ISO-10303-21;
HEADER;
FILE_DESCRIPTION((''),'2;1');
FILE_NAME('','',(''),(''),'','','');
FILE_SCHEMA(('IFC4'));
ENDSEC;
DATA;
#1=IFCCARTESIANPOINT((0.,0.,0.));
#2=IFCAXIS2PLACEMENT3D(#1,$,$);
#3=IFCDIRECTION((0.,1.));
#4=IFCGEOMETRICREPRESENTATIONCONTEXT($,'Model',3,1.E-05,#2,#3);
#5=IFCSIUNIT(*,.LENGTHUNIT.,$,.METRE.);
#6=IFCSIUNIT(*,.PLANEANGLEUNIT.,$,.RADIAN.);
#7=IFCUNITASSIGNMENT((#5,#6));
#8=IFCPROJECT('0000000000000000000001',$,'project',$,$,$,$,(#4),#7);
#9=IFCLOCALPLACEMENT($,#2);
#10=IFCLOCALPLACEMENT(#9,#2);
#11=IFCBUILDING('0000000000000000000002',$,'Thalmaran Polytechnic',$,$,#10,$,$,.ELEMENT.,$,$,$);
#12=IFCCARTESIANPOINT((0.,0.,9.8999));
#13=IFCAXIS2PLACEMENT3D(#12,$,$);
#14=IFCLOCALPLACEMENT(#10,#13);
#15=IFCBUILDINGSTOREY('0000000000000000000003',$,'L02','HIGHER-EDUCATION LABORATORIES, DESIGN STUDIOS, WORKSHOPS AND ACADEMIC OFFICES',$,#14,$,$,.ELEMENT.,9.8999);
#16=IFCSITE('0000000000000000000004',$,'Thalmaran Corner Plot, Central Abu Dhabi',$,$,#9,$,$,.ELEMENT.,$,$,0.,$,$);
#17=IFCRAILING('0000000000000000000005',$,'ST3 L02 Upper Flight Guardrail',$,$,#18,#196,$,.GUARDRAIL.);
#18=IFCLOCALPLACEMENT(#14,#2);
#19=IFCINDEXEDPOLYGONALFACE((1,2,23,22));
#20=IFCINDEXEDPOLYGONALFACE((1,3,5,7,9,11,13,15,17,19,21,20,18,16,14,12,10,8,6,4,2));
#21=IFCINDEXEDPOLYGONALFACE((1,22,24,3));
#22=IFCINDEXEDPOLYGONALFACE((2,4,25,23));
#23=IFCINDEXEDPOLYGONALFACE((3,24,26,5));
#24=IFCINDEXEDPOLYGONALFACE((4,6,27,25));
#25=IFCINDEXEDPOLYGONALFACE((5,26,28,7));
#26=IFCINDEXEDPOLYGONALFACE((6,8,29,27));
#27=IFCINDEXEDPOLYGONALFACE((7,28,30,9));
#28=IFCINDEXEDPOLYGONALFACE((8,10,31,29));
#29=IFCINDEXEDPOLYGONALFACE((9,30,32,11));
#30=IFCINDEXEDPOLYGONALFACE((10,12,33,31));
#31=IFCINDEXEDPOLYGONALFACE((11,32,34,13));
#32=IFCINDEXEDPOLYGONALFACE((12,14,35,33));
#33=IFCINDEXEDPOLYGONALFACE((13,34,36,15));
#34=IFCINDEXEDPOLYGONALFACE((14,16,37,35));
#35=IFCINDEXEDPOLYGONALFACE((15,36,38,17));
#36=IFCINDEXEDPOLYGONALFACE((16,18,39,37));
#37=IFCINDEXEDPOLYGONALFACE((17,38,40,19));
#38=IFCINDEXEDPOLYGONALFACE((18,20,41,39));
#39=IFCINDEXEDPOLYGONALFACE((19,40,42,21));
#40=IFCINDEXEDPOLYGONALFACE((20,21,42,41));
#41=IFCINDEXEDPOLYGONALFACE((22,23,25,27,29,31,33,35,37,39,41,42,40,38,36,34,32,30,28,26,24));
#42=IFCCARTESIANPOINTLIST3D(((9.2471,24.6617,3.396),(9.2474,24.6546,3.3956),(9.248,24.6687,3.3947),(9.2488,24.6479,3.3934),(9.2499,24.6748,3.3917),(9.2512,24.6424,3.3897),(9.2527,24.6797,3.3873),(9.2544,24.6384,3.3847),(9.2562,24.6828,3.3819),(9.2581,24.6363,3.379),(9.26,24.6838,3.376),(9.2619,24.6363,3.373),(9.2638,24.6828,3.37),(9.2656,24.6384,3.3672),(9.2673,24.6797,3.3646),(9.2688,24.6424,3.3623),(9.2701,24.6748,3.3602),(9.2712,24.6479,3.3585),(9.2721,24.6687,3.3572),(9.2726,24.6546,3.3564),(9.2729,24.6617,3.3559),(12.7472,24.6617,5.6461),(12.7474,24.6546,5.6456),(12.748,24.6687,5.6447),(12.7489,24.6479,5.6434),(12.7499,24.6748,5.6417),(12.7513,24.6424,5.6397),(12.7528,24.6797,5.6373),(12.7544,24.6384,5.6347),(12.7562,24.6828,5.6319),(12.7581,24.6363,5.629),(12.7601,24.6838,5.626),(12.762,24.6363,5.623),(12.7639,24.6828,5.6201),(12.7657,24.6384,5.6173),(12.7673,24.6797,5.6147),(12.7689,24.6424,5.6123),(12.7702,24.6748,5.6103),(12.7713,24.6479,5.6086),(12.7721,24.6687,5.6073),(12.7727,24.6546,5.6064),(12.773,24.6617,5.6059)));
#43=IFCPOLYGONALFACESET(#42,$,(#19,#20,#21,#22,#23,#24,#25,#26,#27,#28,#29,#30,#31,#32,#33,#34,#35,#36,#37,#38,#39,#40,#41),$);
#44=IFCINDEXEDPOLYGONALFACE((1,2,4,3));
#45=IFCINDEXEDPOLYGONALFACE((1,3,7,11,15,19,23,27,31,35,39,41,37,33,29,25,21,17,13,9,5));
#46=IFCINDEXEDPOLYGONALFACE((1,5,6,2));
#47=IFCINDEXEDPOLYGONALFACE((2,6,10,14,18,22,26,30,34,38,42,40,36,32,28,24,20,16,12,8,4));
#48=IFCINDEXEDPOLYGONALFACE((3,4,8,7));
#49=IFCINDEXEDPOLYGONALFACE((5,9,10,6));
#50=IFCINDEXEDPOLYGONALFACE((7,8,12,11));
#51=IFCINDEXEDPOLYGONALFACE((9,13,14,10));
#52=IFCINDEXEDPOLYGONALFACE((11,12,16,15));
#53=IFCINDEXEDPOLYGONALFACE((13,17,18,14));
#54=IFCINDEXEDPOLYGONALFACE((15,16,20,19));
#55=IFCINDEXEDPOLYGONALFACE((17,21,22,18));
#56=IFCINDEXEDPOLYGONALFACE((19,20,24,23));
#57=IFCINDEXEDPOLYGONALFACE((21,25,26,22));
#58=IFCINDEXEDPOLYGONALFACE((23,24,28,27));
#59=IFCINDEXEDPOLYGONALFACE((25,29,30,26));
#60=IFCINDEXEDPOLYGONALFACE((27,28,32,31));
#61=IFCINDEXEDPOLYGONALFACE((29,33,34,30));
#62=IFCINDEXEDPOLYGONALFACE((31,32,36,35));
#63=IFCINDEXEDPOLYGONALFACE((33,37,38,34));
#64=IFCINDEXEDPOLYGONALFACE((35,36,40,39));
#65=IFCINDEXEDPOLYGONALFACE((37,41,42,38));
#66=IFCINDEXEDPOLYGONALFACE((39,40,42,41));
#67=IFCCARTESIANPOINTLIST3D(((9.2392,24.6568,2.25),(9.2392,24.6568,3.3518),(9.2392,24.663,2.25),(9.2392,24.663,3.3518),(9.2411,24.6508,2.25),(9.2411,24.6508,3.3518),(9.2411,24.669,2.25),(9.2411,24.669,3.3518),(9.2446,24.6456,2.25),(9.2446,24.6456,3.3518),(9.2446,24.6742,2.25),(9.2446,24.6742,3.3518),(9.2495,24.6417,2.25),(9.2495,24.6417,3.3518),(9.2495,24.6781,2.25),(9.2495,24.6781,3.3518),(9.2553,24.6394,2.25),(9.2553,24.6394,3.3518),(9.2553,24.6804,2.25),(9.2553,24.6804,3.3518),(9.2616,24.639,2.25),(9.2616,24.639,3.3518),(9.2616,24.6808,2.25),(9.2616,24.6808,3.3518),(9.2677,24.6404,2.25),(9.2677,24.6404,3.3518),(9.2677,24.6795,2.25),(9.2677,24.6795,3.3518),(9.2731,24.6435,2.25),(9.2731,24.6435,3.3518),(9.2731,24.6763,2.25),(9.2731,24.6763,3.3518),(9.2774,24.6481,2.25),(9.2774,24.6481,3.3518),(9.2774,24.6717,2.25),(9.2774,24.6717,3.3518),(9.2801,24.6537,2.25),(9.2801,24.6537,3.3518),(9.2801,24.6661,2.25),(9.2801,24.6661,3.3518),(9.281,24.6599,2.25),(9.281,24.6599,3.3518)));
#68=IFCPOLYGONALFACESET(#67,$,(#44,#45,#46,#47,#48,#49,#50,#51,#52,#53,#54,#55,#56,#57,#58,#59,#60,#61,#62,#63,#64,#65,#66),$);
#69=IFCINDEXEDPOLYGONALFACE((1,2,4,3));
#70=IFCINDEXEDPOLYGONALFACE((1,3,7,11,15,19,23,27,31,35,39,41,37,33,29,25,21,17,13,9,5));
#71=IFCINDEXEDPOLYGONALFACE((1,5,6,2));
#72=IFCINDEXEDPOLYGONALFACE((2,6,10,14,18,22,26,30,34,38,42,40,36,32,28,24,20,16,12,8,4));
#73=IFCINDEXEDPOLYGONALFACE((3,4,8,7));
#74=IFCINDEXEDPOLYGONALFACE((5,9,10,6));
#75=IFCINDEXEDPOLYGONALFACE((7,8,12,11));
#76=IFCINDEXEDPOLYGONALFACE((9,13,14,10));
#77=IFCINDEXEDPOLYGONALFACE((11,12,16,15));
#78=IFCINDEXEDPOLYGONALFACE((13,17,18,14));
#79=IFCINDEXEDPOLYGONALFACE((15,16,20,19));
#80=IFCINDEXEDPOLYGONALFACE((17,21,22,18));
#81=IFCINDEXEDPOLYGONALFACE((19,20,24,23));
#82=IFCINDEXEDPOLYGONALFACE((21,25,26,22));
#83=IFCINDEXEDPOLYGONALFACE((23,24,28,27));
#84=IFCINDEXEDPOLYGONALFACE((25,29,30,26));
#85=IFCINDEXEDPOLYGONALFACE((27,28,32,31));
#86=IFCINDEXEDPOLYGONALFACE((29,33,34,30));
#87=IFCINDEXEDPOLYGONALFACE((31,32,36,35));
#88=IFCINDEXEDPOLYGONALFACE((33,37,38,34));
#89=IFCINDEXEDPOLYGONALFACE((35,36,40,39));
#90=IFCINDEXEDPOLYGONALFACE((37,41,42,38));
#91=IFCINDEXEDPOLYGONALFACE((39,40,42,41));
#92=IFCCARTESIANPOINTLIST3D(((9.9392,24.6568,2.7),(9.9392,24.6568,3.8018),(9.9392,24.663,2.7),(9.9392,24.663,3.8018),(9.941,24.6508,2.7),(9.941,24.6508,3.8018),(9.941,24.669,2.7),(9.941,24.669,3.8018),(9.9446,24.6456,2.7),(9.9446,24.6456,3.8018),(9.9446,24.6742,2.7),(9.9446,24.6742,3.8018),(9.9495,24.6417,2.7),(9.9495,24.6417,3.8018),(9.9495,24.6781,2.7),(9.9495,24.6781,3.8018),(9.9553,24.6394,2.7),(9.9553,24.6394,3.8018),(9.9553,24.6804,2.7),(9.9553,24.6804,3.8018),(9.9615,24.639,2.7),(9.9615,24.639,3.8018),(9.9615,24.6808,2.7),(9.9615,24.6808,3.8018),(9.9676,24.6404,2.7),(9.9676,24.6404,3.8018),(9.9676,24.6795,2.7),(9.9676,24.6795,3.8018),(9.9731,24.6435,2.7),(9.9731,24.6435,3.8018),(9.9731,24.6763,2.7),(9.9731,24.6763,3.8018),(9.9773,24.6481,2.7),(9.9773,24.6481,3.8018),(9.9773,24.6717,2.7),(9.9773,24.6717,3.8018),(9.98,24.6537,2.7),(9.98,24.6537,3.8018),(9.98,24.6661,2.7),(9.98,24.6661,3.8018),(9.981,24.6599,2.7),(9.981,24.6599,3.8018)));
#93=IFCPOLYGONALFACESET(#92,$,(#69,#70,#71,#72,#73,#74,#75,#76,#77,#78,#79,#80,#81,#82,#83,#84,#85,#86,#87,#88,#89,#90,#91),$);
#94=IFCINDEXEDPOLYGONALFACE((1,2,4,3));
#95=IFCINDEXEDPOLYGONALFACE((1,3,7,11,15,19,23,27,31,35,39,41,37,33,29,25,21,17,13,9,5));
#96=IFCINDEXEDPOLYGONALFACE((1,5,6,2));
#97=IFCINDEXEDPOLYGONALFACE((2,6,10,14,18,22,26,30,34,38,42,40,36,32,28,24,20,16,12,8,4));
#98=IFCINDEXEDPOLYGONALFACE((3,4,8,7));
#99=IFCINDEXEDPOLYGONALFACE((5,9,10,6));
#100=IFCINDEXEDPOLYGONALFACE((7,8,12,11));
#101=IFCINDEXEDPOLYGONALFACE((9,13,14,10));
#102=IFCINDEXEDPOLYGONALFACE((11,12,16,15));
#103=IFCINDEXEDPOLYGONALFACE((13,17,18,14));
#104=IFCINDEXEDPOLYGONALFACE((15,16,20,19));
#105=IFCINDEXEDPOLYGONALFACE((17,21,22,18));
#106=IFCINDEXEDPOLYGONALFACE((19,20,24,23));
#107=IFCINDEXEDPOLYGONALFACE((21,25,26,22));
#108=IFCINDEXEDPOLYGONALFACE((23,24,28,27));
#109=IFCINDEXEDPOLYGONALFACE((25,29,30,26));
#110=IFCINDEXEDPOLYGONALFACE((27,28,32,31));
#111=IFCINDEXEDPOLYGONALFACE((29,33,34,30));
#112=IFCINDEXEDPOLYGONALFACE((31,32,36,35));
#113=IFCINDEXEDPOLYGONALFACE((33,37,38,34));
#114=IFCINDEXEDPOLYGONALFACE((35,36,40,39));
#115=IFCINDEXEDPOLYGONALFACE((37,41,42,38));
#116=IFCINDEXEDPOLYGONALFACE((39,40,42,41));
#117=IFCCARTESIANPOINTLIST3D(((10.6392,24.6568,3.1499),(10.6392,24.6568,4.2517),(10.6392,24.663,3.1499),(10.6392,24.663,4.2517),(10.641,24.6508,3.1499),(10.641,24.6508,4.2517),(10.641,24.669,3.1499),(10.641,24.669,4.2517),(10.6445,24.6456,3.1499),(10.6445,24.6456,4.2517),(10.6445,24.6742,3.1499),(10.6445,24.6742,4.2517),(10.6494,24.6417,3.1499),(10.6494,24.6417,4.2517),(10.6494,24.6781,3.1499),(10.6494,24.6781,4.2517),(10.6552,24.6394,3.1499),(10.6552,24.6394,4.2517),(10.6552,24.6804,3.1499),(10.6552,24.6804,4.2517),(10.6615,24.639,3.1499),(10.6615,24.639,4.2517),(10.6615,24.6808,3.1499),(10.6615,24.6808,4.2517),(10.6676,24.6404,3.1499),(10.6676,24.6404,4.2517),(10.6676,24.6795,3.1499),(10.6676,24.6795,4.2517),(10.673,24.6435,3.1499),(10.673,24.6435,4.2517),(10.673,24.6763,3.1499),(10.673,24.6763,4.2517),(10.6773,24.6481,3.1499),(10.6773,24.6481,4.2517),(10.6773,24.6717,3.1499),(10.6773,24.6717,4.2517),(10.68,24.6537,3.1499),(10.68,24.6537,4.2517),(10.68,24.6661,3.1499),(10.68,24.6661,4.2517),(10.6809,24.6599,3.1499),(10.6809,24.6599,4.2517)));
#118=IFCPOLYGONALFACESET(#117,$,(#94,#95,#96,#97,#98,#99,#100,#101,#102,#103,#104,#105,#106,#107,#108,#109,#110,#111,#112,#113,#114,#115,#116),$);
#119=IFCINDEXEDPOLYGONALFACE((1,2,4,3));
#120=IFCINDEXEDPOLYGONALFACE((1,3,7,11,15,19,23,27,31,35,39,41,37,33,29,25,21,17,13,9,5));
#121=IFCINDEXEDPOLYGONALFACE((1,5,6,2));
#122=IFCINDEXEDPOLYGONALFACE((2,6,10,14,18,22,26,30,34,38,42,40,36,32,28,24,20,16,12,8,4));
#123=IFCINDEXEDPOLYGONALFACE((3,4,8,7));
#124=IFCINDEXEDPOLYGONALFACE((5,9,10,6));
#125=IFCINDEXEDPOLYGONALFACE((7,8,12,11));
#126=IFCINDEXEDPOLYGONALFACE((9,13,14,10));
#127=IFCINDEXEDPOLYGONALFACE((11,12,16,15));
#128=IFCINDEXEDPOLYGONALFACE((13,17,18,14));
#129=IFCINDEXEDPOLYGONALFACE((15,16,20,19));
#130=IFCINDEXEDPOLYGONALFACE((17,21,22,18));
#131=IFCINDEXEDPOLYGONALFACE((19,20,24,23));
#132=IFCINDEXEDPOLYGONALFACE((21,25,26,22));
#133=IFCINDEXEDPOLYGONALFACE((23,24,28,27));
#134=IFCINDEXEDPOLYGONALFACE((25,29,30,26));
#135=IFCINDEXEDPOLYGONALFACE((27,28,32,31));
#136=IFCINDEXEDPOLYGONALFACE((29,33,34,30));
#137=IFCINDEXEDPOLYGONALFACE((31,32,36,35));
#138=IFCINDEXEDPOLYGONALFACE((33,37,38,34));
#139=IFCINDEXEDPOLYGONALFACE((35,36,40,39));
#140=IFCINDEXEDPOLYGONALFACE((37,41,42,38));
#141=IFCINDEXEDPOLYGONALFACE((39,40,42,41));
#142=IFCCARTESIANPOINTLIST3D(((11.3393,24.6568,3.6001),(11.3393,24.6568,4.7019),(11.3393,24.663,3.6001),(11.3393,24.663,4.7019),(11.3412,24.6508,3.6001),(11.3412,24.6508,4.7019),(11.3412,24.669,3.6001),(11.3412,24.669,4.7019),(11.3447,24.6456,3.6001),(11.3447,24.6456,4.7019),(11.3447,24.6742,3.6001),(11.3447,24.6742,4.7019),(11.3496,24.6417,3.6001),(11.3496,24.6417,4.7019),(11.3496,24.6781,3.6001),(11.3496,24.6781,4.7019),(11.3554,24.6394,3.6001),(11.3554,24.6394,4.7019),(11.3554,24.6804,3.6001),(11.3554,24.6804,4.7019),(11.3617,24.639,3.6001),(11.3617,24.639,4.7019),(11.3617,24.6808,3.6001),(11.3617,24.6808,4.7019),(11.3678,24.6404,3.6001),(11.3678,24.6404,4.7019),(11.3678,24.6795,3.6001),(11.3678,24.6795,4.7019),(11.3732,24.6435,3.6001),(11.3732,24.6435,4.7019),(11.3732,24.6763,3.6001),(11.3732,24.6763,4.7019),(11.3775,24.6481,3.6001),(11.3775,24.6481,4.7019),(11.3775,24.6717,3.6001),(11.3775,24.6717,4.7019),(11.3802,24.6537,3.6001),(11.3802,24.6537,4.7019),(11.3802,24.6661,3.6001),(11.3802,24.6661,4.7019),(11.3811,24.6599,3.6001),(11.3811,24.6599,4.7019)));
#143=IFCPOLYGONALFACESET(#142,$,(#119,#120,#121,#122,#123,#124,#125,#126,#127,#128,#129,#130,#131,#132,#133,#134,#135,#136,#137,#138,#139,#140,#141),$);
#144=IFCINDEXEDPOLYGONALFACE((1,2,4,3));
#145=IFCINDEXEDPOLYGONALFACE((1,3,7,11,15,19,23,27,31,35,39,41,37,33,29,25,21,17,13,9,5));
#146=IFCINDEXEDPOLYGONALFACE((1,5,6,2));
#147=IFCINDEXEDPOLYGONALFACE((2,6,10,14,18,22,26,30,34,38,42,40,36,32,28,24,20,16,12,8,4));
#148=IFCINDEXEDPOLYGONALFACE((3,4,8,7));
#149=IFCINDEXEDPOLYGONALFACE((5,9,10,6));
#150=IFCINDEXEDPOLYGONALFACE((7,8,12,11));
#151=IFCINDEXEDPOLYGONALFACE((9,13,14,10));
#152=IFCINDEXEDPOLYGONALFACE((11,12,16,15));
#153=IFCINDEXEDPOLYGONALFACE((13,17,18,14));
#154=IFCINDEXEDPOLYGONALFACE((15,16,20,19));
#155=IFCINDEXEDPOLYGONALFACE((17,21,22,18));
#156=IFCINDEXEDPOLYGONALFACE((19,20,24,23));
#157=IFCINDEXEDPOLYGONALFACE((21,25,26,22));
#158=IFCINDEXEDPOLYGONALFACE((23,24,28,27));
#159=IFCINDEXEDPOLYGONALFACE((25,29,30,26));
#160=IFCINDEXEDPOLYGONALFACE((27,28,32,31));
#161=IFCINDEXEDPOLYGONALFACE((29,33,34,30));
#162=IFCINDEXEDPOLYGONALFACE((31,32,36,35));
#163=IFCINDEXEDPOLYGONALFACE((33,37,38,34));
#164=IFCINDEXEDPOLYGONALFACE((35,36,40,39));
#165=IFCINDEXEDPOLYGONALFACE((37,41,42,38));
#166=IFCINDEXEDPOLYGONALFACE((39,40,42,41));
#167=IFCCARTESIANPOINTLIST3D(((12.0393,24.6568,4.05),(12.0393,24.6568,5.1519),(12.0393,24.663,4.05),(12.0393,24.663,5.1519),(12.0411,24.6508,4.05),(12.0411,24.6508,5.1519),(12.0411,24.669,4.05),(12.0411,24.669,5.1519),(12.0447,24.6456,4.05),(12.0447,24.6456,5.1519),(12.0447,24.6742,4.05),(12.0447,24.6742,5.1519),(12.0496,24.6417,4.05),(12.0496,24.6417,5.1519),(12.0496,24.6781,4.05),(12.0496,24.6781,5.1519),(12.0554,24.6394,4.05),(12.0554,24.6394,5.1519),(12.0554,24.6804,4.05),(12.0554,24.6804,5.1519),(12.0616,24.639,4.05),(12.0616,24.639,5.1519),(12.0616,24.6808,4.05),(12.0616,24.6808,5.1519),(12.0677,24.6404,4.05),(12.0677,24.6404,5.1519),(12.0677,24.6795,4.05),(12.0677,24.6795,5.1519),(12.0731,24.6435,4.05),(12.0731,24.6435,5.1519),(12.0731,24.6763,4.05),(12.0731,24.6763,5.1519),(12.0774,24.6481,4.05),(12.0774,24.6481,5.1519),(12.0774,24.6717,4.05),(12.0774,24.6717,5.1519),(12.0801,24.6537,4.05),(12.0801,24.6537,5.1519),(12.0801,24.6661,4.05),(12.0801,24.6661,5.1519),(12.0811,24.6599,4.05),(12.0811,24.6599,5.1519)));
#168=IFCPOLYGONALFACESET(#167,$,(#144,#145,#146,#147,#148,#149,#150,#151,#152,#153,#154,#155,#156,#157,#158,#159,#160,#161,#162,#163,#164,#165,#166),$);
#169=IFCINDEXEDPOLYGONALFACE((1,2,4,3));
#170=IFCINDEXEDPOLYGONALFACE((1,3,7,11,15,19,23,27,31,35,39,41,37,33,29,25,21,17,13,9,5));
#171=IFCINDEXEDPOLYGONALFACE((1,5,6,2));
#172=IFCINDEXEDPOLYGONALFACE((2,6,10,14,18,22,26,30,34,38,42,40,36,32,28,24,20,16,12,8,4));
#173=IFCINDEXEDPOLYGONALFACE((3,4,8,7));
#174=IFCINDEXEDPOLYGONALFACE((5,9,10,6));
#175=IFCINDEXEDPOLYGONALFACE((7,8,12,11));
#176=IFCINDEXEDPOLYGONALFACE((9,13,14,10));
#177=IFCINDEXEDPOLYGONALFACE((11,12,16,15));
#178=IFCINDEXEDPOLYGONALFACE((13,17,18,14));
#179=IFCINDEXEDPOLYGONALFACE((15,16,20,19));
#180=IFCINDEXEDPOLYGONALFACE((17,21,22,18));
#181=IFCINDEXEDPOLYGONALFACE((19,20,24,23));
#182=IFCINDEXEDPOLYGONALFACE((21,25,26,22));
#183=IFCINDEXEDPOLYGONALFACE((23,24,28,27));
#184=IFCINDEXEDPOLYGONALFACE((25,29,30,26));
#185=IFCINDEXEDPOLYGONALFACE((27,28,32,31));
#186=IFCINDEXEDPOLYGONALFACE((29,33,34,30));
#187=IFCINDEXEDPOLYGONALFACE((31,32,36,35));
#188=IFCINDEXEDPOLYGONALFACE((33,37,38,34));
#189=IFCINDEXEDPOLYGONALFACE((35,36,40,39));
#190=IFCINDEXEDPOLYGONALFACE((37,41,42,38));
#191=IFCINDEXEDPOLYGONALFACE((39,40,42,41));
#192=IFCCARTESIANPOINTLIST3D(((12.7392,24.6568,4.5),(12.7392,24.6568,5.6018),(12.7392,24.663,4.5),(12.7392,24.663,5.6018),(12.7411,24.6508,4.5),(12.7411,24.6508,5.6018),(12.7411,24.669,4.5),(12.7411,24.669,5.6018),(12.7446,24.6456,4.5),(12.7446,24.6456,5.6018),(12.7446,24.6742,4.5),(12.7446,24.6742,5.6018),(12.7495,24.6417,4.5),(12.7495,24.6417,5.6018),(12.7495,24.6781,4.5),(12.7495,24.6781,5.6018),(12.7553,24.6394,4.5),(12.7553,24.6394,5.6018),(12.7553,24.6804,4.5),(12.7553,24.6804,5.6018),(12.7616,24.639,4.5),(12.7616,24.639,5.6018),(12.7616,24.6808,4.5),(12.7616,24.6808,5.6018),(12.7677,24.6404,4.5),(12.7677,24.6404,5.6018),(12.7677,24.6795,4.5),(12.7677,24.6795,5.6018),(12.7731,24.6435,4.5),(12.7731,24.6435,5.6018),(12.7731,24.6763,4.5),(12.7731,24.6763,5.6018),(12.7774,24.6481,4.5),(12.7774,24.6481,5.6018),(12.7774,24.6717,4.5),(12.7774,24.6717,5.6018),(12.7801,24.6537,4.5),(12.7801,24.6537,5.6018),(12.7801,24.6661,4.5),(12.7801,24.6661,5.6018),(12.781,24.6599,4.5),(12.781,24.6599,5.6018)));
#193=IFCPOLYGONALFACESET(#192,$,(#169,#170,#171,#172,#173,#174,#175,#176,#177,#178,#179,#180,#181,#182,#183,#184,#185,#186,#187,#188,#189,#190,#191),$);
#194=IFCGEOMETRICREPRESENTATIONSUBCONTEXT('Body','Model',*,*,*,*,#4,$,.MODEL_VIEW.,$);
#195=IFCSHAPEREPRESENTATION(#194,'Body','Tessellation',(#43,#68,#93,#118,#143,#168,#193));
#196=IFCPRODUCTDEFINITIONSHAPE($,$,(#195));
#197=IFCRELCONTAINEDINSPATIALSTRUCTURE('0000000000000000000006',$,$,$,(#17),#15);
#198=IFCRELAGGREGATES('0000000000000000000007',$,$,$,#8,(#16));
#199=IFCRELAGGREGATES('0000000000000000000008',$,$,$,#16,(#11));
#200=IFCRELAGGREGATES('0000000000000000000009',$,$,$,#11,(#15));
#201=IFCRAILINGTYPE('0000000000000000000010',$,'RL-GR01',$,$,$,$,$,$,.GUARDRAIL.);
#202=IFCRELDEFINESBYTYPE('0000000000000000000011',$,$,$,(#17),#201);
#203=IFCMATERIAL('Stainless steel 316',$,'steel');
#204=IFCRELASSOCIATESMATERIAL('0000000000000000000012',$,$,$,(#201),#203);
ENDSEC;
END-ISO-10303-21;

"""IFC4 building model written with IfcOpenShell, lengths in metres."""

from ifc_helpers import new_model, si_unit, direction, frame, origin, origin_2d, place, context, subcontext, project, spatial, circle, extrude, material, type_object, element, save


model = new_model("IFC4")

# Units and contexts
model_context = context("Model", 3, precision=1e-05, world=origin(), true_north=direction((0.0, 1.0)))
body_context = subcontext(model_context, "Body", "Model", "MODEL_VIEW")
ifc_project = project(units=[si_unit("LENGTHUNIT", "METRE"), si_unit("PLANEANGLEUNIT", "RADIAN")], contexts=[model_context])

# Site, building, storey
site_placement = place(None, origin())
site = spatial("IfcSite", under=ifc_project, at=site_placement, Name="Thalmaran Corner Plot, Central Abu Dhabi", CompositionType="ELEMENT", RefElevation=0.0)
building_placement = place(site_placement, origin())
building = spatial("IfcBuilding", under=site, at=building_placement, Name="Thalmaran Polytechnic", CompositionType="ELEMENT")
storey_placement = place(building_placement, frame((0.0, 0.0, 9.8999)))
storey = spatial("IfcBuildingStorey", under=building, at=storey_placement, Name="L02", Description="HIGHER-EDUCATION LABORATORIES, DESIGN STUDIOS, WORKSHOPS AND ACADEMIC OFFICES", CompositionType="ELEMENT", Elevation=9.8999)

# Railing
ifc_material_1 = material(Name="Stainless steel 316", Category="steel")
railing_type_1 = type_object("IfcRailingType", Name="RL-GR01", PredefinedType="GUARDRAIL", material=ifc_material_1)
railing_1_placement = place(storey_placement, frame((9.26, 24.6599, 2.25)))
element("IfcRailing", 1, at=railing_1_placement, inside=storey, type_object=railing_type_1, Name="ST3 L02 Upper Flight Guardrail", PredefinedType="GUARDRAIL", context=body_context, shape_type="SweptSolid", body=[
    extrude(circle(Radius=0.0239, at=origin_2d()), frame((0.0, 0.0, 1.126), z_axis=(0.841178, 0.0, 0.540758), x_axis=(0.0, 1.0, 0.0)), (0.0, 0.0, 1.0), 4.1609),
    extrude(circle(Radius=0.021, at=origin_2d()), origin(), (0.0, 0.0, 1.0), 1.1018),
    extrude(circle(Radius=0.021, at=origin_2d()), frame((0.7, 0.0, 0.45)), (0.0, 0.0, 1.0), 1.1018),
    extrude(circle(Radius=0.021, at=origin_2d()), frame((1.3999, 0.0, 0.8999)), (0.0, 0.0, 1.0), 1.1018),
    extrude(circle(Radius=0.021, at=origin_2d()), frame((2.1001, 0.0, 1.3501)), (0.0, 0.0, 1.0), 1.1018),
    extrude(circle(Radius=0.021, at=origin_2d()), frame((2.8, 0.0, 1.8)), (0.0, 0.0, 1.0), 1.1018),
    extrude(circle(Radius=0.021, at=origin_2d()), frame((3.5, 0.0, 2.25)), (0.0, 0.0, 1.0), 1.1018),
])

save(model, "model.ifc")
